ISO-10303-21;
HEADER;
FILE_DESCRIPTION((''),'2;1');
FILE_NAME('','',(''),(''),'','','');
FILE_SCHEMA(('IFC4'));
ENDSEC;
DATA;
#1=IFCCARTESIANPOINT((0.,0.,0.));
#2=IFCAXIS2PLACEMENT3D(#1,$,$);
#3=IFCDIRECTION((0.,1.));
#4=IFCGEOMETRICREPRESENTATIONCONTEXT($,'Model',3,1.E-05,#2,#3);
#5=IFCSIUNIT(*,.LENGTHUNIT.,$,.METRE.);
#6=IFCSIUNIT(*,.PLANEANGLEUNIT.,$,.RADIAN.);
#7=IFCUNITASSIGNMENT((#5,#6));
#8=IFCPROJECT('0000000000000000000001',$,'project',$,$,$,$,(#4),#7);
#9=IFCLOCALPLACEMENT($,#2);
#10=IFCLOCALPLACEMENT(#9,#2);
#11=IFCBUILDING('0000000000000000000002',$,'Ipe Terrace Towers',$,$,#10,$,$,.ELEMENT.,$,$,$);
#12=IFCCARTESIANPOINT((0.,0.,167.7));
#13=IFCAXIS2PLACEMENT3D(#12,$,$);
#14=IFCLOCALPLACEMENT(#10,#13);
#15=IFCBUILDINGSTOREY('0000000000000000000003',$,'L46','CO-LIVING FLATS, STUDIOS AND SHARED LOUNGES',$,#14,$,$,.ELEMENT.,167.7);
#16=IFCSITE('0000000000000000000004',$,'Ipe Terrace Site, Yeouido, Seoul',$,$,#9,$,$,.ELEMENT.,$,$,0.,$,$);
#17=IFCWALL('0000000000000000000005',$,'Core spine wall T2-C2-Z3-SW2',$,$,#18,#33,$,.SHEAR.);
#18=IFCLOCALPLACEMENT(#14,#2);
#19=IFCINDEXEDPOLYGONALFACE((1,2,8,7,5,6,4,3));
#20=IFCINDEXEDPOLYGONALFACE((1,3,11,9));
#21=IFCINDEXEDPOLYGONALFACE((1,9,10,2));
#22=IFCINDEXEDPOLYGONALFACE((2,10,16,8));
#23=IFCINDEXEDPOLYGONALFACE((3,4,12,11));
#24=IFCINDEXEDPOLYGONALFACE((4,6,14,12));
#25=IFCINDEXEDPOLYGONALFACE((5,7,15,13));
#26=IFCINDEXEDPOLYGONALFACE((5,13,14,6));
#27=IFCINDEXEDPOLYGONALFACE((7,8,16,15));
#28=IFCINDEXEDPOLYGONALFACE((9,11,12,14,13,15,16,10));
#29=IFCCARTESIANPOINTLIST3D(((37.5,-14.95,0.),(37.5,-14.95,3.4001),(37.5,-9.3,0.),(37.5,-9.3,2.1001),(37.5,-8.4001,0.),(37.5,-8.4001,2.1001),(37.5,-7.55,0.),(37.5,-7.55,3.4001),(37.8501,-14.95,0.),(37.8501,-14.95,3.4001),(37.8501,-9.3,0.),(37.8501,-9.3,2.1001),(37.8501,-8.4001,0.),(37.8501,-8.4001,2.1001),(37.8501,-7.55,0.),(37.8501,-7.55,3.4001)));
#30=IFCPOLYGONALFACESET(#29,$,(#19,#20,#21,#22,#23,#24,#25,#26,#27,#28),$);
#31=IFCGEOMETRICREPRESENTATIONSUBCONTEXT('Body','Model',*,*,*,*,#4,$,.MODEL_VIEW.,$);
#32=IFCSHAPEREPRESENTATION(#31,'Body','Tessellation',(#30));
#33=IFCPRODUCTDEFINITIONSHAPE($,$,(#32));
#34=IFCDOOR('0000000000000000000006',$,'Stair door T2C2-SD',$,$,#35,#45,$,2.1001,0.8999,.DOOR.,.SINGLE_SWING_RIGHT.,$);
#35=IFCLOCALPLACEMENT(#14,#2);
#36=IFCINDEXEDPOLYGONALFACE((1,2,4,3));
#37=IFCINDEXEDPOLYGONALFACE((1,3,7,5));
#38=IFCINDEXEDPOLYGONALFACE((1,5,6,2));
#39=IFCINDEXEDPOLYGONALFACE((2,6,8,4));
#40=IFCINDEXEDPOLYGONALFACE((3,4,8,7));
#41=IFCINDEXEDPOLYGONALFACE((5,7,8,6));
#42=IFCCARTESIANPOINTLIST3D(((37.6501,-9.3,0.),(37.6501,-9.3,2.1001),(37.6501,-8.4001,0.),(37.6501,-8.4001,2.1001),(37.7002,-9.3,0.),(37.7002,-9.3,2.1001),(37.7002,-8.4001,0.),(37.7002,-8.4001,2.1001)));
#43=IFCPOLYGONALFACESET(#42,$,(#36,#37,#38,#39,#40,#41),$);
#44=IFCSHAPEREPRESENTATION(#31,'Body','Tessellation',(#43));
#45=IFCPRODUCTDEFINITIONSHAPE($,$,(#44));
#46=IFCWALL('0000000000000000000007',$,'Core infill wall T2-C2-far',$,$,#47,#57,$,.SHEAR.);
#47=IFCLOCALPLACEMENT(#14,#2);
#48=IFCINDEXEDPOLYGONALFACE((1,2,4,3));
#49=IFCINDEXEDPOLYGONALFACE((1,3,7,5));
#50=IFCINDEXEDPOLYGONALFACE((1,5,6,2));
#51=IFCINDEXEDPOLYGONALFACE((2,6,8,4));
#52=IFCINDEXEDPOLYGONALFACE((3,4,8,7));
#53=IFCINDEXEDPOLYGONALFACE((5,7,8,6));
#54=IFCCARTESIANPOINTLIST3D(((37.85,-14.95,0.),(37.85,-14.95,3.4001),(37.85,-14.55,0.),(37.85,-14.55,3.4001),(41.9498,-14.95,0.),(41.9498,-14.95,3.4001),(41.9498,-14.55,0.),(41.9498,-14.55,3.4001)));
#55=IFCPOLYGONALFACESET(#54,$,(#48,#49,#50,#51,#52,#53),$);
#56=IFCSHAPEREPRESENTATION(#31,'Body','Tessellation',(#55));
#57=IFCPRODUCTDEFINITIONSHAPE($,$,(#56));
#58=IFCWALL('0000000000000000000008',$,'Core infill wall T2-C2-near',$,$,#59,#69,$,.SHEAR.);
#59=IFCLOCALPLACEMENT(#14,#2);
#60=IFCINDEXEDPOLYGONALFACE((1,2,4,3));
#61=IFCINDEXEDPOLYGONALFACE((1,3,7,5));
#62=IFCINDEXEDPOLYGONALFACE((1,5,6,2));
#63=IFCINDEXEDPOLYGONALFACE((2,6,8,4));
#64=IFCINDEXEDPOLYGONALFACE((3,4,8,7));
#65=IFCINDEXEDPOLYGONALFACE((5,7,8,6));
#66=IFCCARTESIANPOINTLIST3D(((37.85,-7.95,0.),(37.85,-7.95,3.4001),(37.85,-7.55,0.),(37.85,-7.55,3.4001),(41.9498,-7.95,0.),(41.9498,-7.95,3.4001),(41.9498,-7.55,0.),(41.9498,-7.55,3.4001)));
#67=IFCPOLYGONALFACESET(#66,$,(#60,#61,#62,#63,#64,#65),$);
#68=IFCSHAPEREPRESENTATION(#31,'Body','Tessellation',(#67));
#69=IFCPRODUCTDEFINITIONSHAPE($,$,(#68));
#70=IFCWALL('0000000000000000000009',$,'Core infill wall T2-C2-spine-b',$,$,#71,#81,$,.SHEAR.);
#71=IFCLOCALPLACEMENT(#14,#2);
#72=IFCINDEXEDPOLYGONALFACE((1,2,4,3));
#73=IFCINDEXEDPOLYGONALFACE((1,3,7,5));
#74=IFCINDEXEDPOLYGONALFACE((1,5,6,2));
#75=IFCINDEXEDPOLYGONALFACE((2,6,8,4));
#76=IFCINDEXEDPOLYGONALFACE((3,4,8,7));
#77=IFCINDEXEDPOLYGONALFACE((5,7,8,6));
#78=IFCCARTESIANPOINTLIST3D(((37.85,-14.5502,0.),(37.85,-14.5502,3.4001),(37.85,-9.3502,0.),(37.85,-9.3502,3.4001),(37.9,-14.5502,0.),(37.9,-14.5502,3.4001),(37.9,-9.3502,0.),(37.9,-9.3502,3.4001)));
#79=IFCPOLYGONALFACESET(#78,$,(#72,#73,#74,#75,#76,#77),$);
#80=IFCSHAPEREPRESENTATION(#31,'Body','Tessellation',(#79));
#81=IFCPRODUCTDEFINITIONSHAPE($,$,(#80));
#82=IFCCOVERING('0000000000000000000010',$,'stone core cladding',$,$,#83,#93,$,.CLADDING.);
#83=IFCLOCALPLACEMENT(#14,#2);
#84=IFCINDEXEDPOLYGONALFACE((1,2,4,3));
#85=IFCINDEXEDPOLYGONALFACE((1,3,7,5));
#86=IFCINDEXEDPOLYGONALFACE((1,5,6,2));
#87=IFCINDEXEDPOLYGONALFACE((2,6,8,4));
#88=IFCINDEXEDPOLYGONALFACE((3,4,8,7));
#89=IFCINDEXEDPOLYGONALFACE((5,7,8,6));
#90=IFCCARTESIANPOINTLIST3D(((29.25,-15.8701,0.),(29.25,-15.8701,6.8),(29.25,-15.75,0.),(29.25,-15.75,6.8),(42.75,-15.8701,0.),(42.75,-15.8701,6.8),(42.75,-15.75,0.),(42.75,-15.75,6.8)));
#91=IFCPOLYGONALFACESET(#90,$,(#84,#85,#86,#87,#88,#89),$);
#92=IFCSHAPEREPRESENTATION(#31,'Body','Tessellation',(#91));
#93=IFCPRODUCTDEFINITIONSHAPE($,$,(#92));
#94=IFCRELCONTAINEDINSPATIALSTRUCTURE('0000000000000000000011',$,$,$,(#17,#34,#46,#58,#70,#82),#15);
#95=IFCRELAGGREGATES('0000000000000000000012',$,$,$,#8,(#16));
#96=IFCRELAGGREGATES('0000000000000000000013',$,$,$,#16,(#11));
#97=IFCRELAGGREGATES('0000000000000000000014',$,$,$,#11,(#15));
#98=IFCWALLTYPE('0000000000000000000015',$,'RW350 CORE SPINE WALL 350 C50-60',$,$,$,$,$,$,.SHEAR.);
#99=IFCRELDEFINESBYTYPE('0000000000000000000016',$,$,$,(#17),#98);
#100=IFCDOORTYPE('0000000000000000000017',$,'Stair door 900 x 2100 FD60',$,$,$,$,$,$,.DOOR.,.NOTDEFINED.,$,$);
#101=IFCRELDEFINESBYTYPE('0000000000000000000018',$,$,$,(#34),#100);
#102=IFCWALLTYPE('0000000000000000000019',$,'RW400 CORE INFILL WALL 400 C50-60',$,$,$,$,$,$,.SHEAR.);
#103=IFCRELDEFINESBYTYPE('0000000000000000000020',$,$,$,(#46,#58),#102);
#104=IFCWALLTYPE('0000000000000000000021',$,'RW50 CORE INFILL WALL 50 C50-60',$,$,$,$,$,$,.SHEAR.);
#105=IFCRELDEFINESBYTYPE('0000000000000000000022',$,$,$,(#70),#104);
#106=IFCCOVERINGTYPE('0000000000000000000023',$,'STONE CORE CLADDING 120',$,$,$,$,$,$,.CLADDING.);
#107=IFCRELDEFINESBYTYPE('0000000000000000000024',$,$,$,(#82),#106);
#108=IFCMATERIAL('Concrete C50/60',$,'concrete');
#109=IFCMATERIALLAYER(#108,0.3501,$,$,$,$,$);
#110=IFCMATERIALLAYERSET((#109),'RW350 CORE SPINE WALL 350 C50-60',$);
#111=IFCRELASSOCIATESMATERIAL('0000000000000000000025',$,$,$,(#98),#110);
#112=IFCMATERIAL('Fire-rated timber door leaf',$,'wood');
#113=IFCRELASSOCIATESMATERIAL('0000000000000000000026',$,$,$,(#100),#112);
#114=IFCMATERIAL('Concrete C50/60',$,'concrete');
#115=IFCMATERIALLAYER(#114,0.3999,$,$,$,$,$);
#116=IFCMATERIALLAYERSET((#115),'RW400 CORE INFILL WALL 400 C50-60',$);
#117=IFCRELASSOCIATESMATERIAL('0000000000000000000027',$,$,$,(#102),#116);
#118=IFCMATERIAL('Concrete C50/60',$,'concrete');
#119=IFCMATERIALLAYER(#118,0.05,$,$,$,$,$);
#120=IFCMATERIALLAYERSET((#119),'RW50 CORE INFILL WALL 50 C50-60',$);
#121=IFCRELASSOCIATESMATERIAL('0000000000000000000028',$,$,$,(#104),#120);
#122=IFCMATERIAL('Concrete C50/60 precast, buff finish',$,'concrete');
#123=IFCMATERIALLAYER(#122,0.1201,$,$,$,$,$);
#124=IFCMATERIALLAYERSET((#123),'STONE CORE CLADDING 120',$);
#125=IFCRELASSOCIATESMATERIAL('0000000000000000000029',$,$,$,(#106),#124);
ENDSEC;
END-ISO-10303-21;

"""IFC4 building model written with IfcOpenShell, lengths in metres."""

from ifc_helpers import new_model, si_unit, direction, frame, frame_2d, origin, origin_2d, place, context, subcontext, project, spatial, rectangle, extrude, material, layer, layer_set, type_object, element, fill, save


model = new_model("IFC4")

# Units and contexts
model_context = context("Model", 3, precision=1e-05, world=origin(), true_north=direction((0.0, 1.0)))
body_context = subcontext(model_context, "Body", "Model", "MODEL_VIEW")
ifc_project = project(units=[si_unit("LENGTHUNIT", "METRE"), si_unit("PLANEANGLEUNIT", "RADIAN")], contexts=[model_context])

# Site, building, storey
site_placement = place(None, origin())
site = spatial("IfcSite", under=ifc_project, at=site_placement, Name="Ipe Terrace Site, Yeouido, Seoul", CompositionType="ELEMENT", RefElevation=0.0)
building_placement = place(site_placement, origin())
building = spatial("IfcBuilding", under=site, at=building_placement, Name="Ipe Terrace Towers", CompositionType="ELEMENT")
storey_placement = place(building_placement, frame((0.0, 0.0, 167.7)))
storey = spatial("IfcBuildingStorey", under=building, at=storey_placement, Name="L46", Description="CO-LIVING FLATS, STUDIOS AND SHARED LOUNGES", CompositionType="ELEMENT", Elevation=167.7)

# Shared definitions
ifc_material_1 = material(Name="Concrete C50/60", Category="concrete")
ifc_layer_1 = layer(ifc_material_1, 0.3501)
ifc_layer_set_1 = layer_set([ifc_layer_1], Name="RW350 CORE SPINE WALL 350 C50-60")
wall_type_1 = type_object("IfcWallType", Name="RW350 CORE SPINE WALL 350 C50-60", PredefinedType="SHEAR", material=ifc_layer_set_1)

# Wall, opening, door
wall_1_placement = place(storey_placement, frame((37.675, -14.95, 0.0), z_axis=(0.0, 0.0, 1.0), x_axis=(0.0, 1.0, 0.0)))
wall_1 = element("IfcWall", 1, at=wall_1_placement, inside=storey, type_object=wall_type_1, Name="Core spine wall T2-C2-Z3-SW2", PredefinedType="SHEAR", context=body_context, shape_type="SweptSolid", body=[
    extrude(rectangle(XDim=7.3999, YDim=0.3501, at=frame_2d((3.7, 0.0))), origin(), (0.0, 0.0, 1.0), 3.4001),
])
opening_1_placement = place(wall_1_placement, frame((5.6499, 0.0, 0.0)))
opening_1 = element("IfcOpeningElement", 2, at=opening_1_placement, cuts=wall_1, PredefinedType="OPENING", context=body_context, shape_type="SweptSolid", body=[
    extrude(rectangle(XDim=0.8999, YDim=2.1001, at=frame_2d((0.45, 1.05))), frame((0.0, 0.1851, 0.0), z_axis=(0.0, -1.0, 0.0), x_axis=(1.0, 0.0, 0.0)), (0.0, 0.0, 1.0), 0.3701),
])
ifc_material_2 = material(Name="Fire-rated timber door leaf", Category="wood")
door_type_1 = type_object("IfcDoorType", Name="Stair door 900 x 2100 FD60", OperationType="NOTDEFINED", PredefinedType="DOOR", material=ifc_material_2)
door_1_placement = place(opening_1_placement, origin())
door_1 = element("IfcDoor", 3, at=door_1_placement, inside=storey, type_object=door_type_1, Name="Stair door T2C2-SD", OperationType="SINGLE_SWING_RIGHT", OverallHeight=2.1001, OverallWidth=0.8999, PredefinedType="DOOR", context=body_context, shape_type="SweptSolid", body=[
    extrude(rectangle(XDim=0.8999, YDim=2.1001, at=frame_2d((0.45, 1.05))), frame((0.0, 0.0249, 0.0), z_axis=(0.0, -1.0, 0.0), x_axis=(1.0, 0.0, 0.0)), (0.0, 0.0, 1.0), 0.05),
])
fill(opening_1, door_1)

# Walls
ifc_material_3 = material(Name="Concrete C50/60", Category="concrete")
ifc_layer_2 = layer(ifc_material_3, 0.3999)
ifc_layer_set_2 = layer_set([ifc_layer_2], Name="RW400 CORE INFILL WALL 400 C50-60")
wall_type_2 = type_object("IfcWallType", Name="RW400 CORE INFILL WALL 400 C50-60", PredefinedType="SHEAR", material=ifc_layer_set_2)
for number, where, z_axis, x_axis, name in (
    (4, (37.8501, -14.75, 0.0), (0.0, 0.0, 1.0), (1.0, 0.0, 0.0), "Core infill wall T2-C2-far"),
    (5, (37.8501, -7.75, 0.0), (0.0, 0.0, 1.0), (1.0, 0.0, 0.0), "Core infill wall T2-C2-near"),
):
    element("IfcWall", number, at=place(storey_placement, frame(where, z_axis=z_axis, x_axis=x_axis)), inside=storey, type_object=wall_type_2, Name=name, PredefinedType="SHEAR", context=body_context, shape_type="SweptSolid", body=[
        extrude(rectangle(XDim=4.0999, YDim=0.3999, at=frame_2d((2.0498, 0.0))), origin(), (0.0, 0.0, 1.0), 3.4001),
    ])
ifc_material_4 = material(Name="Concrete C50/60", Category="concrete")
ifc_layer_3 = layer(ifc_material_4, 0.05)
ifc_layer_set_3 = layer_set([ifc_layer_3], Name="RW50 CORE INFILL WALL 50 C50-60")
wall_type_3 = type_object("IfcWallType", Name="RW50 CORE INFILL WALL 50 C50-60", PredefinedType="SHEAR", material=ifc_layer_set_3)
wall_2_placement = place(storey_placement, frame((37.875, -9.3501, 0.0), z_axis=(0.0, 0.0, 1.0), x_axis=(0.0, -1.0, 0.0)))
element("IfcWall", 6, at=wall_2_placement, inside=storey, type_object=wall_type_3, Name="Core infill wall T2-C2-spine-b", PredefinedType="SHEAR", context=body_context, shape_type="SweptSolid", body=[
    extrude(rectangle(XDim=5.2, YDim=0.05, at=frame_2d((2.6001, 0.0))), origin(), (0.0, 0.0, 1.0), 3.4001),
])

# Covering
ifc_material_5 = material(Name="Concrete C50/60 precast, buff finish", Category="concrete")
ifc_layer_4 = layer(ifc_material_5, 0.1201)
ifc_layer_set_4 = layer_set([ifc_layer_4], Name="STONE CORE CLADDING 120")
covering_type = type_object("IfcCoveringType", Name="STONE CORE CLADDING 120", PredefinedType="CLADDING", material=ifc_layer_set_4)
covering_placement = place(storey_placement, frame((36.0, -15.8101, 0.0), z_axis=(0.0, 0.0, 1.0), x_axis=(1.0, 0.0, 0.0)))
element("IfcCovering", 7, at=covering_placement, inside=storey, type_object=covering_type, Name="stone core cladding", PredefinedType="CLADDING", context=body_context, shape_type="SweptSolid", body=[
    extrude(rectangle(XDim=13.5, YDim=0.1201, at=origin_2d()), origin(), (0.0, 0.0, 1.0), 6.8),
])

save(model, "model.ifc")
